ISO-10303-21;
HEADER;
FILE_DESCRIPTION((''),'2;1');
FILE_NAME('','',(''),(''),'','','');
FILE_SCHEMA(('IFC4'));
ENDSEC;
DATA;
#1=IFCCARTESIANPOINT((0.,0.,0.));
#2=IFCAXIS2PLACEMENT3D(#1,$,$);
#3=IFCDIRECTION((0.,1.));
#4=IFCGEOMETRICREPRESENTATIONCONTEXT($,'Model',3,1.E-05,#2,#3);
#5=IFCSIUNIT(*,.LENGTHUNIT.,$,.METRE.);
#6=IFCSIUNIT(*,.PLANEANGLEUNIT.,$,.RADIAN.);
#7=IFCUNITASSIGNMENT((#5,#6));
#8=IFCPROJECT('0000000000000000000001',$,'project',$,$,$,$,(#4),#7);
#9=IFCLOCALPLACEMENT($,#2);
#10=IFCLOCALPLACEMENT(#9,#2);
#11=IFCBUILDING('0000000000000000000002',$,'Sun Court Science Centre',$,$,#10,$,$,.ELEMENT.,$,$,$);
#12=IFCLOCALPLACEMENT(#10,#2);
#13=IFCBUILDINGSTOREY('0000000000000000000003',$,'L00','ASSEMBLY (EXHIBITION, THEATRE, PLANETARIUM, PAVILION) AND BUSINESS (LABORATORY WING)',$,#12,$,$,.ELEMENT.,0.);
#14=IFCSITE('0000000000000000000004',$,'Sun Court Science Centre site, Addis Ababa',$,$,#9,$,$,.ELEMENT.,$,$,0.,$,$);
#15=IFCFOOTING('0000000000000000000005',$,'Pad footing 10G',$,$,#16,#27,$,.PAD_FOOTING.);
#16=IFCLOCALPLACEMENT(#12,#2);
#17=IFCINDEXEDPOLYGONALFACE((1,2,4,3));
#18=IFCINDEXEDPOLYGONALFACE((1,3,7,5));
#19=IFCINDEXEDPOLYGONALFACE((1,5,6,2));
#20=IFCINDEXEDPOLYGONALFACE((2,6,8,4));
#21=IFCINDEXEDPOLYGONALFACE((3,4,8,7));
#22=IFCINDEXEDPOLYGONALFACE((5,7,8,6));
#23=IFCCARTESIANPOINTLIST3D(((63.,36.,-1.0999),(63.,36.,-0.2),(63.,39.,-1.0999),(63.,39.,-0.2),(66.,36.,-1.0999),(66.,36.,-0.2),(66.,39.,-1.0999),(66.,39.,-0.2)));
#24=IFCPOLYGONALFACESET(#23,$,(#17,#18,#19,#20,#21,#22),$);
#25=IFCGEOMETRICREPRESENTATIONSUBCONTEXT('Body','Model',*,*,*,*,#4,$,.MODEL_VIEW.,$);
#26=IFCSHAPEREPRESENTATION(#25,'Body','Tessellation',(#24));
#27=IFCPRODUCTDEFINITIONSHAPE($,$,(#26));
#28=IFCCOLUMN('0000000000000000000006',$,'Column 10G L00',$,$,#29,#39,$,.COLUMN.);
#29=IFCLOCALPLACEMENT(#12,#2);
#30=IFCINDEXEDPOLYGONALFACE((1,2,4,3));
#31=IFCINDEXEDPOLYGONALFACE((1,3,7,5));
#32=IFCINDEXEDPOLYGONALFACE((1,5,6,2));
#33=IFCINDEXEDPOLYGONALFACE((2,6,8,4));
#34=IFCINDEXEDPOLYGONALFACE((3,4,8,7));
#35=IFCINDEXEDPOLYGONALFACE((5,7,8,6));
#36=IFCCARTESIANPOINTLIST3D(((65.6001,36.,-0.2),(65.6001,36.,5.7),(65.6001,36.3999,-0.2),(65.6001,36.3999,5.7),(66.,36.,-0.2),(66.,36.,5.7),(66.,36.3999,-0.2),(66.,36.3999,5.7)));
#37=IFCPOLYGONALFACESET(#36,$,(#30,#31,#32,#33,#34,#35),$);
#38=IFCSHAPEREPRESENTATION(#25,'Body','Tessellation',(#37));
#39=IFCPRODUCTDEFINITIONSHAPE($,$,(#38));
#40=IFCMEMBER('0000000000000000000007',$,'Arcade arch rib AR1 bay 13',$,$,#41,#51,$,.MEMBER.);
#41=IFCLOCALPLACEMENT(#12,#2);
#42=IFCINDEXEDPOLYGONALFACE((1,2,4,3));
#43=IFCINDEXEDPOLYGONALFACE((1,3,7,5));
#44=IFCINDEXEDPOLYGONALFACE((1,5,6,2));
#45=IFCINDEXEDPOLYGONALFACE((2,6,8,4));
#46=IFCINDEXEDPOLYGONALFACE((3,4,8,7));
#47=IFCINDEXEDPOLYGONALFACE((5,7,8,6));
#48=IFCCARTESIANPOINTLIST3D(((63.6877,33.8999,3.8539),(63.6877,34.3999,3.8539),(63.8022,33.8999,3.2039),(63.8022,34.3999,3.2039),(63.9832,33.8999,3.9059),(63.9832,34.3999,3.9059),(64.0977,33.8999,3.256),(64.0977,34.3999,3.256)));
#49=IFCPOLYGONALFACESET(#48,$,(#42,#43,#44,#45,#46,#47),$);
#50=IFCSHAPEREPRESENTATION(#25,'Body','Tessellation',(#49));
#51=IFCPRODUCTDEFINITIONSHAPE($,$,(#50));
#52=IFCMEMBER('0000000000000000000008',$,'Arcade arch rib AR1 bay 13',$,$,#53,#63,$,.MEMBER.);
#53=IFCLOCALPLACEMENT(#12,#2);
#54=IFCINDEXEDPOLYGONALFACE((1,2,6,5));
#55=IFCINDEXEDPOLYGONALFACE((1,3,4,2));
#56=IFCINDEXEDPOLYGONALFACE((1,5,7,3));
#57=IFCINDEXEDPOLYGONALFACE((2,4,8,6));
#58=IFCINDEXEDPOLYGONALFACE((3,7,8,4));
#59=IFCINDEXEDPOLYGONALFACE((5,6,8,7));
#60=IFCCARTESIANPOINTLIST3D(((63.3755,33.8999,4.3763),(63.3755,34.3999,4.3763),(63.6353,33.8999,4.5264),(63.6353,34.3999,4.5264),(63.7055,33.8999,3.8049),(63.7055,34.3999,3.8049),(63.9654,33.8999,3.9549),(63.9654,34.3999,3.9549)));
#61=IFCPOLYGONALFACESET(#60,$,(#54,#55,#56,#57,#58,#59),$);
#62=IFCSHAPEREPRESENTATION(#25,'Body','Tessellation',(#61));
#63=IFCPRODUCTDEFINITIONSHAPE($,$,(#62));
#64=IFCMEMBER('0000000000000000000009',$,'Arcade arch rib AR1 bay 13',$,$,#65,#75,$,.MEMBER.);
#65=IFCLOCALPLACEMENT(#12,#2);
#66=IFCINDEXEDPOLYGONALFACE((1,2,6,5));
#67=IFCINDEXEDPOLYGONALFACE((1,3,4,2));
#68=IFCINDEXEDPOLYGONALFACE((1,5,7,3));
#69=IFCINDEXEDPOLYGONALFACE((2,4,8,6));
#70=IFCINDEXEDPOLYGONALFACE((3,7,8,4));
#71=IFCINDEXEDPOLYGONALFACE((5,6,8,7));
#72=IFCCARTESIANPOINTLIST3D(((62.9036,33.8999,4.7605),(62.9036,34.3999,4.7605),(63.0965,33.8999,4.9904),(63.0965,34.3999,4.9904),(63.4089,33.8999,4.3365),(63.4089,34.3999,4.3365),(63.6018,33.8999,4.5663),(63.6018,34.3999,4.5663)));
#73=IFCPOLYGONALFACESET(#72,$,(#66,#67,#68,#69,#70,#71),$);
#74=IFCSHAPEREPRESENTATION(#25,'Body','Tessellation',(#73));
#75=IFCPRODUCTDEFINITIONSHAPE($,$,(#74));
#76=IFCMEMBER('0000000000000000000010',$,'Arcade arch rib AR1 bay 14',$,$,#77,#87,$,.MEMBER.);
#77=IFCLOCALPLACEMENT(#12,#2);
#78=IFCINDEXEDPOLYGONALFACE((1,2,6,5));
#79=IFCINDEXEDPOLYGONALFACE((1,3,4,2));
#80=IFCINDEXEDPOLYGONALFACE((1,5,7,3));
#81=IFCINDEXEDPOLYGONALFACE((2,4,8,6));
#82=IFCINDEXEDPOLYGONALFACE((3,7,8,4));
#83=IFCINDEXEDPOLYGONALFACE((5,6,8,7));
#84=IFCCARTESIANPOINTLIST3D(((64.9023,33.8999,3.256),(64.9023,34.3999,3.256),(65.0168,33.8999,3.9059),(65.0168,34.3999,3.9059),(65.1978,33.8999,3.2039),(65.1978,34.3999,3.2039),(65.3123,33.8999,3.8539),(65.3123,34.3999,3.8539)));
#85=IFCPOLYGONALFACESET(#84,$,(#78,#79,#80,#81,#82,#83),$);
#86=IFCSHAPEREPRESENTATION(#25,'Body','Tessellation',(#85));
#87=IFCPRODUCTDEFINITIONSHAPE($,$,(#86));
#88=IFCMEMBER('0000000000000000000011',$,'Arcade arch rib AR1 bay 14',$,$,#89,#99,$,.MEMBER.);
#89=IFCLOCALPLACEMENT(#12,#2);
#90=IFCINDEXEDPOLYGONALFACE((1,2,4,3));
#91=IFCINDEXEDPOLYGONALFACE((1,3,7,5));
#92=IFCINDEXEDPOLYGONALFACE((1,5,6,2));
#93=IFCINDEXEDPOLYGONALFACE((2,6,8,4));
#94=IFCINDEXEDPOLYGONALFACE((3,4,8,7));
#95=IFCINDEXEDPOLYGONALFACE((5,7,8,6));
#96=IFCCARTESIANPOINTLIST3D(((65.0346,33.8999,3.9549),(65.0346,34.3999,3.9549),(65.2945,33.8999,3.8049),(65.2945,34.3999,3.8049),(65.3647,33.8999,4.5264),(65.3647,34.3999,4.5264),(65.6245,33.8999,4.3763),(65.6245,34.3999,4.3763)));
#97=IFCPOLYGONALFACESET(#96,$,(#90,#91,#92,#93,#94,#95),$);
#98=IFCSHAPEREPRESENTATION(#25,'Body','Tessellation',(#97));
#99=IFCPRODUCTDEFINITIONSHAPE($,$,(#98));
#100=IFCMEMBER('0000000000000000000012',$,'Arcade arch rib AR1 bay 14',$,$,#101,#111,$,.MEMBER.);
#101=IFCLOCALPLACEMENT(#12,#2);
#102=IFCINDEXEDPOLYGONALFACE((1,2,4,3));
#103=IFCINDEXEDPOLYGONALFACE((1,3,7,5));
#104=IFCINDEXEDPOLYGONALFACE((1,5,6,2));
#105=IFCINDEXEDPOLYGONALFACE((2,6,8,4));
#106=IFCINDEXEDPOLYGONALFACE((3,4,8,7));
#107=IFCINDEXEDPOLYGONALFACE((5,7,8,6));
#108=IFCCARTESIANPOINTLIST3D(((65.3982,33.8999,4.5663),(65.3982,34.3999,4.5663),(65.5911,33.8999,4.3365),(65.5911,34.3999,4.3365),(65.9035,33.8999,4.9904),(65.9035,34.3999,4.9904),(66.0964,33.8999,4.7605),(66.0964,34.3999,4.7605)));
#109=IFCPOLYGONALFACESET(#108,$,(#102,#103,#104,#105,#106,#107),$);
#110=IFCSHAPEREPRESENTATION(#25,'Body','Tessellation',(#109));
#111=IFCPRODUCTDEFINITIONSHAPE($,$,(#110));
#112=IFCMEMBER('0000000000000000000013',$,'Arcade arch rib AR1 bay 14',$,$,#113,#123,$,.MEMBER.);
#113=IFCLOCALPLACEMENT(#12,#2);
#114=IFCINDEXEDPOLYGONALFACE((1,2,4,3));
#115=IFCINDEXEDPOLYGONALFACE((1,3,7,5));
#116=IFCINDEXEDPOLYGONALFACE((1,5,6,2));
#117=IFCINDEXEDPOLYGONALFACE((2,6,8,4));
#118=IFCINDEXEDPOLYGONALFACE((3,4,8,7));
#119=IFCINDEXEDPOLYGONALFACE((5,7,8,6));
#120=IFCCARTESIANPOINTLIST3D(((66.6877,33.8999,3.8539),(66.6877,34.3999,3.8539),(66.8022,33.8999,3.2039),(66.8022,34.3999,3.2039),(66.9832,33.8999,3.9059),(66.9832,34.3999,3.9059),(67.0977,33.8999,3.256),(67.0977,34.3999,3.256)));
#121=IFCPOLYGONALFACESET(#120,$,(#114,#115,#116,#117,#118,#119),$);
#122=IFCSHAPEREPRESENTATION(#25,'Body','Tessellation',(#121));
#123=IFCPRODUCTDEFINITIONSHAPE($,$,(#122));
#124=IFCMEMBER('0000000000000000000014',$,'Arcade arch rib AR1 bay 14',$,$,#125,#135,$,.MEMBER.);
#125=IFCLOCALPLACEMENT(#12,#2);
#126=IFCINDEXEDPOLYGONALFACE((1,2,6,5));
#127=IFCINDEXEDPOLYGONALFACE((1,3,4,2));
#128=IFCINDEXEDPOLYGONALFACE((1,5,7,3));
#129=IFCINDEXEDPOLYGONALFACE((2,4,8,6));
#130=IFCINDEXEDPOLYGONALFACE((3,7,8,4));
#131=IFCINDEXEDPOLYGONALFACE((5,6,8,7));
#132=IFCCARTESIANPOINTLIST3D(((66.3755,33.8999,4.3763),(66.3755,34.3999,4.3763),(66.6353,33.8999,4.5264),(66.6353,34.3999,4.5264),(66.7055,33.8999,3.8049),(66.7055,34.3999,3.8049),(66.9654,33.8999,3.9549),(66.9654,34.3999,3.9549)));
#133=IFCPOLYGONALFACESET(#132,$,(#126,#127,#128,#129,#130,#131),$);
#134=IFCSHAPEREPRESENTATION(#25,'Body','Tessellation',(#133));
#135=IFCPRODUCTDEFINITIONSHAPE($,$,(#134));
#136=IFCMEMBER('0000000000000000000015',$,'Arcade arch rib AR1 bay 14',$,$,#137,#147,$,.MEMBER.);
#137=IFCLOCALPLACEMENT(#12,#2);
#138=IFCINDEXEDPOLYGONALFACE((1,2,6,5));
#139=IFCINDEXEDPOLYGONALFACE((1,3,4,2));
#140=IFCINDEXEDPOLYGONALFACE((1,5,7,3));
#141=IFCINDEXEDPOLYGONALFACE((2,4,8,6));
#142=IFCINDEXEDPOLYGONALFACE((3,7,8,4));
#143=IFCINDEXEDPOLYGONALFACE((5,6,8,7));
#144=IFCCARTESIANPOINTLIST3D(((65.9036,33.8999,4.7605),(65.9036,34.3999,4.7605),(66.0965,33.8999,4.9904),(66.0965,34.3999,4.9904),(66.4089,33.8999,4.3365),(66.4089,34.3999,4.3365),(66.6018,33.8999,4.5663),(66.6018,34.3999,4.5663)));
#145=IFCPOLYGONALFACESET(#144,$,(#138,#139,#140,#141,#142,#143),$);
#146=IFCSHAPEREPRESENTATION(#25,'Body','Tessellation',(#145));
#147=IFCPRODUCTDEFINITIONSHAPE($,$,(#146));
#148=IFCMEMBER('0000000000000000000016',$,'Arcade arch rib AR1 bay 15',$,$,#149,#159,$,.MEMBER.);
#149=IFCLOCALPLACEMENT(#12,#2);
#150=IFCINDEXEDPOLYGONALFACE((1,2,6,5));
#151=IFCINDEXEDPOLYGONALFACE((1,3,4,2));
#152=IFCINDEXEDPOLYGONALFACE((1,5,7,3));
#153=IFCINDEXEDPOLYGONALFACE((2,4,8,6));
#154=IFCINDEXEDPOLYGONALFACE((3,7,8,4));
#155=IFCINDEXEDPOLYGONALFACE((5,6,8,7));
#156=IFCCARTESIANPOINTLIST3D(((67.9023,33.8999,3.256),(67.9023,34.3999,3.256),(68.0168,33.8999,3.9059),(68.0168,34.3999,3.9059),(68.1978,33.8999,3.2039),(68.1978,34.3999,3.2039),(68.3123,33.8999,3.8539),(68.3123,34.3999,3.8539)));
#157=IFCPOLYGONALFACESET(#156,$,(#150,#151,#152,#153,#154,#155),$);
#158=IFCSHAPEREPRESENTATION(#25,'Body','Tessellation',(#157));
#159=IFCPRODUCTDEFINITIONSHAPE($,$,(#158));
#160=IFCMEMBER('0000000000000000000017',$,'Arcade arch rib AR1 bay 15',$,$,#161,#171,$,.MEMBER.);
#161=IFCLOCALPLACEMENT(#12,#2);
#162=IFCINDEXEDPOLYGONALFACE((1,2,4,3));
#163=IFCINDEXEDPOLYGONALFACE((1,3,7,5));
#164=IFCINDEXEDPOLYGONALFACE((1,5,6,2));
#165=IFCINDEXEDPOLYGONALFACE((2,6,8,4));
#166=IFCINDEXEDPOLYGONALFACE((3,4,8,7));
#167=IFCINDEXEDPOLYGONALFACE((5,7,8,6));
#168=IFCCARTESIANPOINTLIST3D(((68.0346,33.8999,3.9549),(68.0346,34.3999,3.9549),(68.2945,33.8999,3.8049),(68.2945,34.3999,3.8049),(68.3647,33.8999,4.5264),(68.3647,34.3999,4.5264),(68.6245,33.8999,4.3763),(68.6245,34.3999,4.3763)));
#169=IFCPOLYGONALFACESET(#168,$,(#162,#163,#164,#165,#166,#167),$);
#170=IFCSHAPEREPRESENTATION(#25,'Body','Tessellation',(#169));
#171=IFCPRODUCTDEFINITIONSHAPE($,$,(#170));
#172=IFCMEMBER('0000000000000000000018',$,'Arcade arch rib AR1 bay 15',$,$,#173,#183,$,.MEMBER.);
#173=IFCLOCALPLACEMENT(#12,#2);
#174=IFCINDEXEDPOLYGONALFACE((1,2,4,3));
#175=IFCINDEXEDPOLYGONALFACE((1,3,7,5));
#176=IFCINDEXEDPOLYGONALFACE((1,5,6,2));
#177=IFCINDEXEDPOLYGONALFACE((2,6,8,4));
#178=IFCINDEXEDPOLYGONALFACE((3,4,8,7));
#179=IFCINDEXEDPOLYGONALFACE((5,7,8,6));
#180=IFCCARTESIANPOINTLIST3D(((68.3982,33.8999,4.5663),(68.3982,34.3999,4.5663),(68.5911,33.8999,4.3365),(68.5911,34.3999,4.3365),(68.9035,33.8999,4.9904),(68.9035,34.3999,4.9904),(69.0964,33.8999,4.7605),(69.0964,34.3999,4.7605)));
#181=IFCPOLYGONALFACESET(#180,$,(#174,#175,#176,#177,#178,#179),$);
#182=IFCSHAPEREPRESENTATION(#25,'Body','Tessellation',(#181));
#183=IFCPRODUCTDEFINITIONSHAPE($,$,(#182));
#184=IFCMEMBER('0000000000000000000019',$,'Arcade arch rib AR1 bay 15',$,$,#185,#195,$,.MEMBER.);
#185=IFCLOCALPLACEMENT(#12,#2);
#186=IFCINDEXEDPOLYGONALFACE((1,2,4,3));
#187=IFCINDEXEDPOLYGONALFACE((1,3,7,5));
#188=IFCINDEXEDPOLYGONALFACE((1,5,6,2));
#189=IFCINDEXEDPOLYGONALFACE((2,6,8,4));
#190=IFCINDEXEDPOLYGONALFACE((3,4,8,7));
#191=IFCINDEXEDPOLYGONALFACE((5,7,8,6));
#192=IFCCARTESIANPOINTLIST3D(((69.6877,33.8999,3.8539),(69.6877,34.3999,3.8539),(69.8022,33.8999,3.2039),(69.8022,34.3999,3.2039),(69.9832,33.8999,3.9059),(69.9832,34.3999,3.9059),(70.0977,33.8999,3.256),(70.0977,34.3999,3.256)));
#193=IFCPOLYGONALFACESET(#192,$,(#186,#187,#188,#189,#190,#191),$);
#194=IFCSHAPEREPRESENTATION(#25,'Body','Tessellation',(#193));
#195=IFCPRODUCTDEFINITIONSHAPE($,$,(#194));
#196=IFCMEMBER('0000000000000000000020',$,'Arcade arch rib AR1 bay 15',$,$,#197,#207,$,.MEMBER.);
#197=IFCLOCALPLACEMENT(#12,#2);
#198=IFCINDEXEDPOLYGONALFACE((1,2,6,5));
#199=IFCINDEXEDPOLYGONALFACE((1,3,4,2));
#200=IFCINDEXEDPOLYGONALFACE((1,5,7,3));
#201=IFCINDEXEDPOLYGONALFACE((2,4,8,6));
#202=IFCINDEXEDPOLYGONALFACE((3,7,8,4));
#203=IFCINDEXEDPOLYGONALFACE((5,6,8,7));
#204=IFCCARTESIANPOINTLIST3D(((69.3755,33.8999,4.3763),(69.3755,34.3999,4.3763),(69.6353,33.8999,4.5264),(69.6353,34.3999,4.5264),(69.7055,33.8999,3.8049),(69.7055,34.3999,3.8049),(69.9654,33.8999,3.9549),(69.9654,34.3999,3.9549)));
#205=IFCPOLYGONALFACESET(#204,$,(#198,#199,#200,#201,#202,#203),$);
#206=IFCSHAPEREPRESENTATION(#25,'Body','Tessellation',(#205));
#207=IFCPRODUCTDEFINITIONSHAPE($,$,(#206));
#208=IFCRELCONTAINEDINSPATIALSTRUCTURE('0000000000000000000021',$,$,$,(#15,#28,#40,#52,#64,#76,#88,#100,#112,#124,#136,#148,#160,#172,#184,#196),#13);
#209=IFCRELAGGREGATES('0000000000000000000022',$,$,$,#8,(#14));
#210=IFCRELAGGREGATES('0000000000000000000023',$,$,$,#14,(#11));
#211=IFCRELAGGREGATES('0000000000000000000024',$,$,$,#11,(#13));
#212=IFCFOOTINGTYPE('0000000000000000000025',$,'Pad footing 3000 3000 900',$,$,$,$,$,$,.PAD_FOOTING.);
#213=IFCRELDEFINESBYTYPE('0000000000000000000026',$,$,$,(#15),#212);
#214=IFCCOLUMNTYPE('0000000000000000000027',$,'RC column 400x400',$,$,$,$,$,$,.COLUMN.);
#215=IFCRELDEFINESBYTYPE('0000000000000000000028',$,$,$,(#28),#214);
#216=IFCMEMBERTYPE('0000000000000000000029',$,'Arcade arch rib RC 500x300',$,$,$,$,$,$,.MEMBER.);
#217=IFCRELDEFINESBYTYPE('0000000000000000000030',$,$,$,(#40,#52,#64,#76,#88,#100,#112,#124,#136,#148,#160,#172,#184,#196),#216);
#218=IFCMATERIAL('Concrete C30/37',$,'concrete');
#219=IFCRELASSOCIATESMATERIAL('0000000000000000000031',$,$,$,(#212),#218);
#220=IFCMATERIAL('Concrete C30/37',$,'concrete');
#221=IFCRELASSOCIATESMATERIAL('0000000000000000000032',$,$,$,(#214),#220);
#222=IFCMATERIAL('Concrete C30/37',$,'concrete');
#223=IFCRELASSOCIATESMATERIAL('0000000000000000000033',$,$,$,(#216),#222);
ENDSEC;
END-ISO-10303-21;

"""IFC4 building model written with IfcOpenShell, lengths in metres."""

from ifc_helpers import new_model, si_unit, direction, frame, origin, origin_2d, place, context, subcontext, project, spatial, rectangle, extrude, material, material_profile, profile_set, type_object, element, save


model = new_model("IFC4")

# Units and contexts
model_context = context("Model", 3, precision=1e-05, world=origin(), true_north=direction((0.0, 1.0)))
body_context = subcontext(model_context, "Body", "Model", "MODEL_VIEW")
ifc_project = project(units=[si_unit("LENGTHUNIT", "METRE"), si_unit("PLANEANGLEUNIT", "RADIAN")], contexts=[model_context])

# Site, building, storey
site_placement = place(None, origin())
site = spatial("IfcSite", under=ifc_project, at=site_placement, Name="Sun Court Science Centre site, Addis Ababa", CompositionType="ELEMENT", RefElevation=0.0)
building_placement = place(site_placement, origin())
building = spatial("IfcBuilding", under=site, at=building_placement, Name="Sun Court Science Centre", CompositionType="ELEMENT")
storey_placement = place(building_placement, origin())
storey = spatial("IfcBuildingStorey", under=building, at=storey_placement, Name="L00", Description="ASSEMBLY (EXHIBITION, THEATRE, PLANETARIUM, PAVILION) AND BUSINESS (LABORATORY WING)", CompositionType="ELEMENT", Elevation=0.0)

# Footing
ifc_material_1 = material(Name="Concrete C30/37", Category="concrete")
footing_type = type_object("IfcFootingType", Name="Pad footing 3000 3000 900", PredefinedType="PAD_FOOTING", material=ifc_material_1)
footing_placement = place(storey_placement, frame((64.5, 37.5, -1.0999), z_axis=(0.0, 0.0, 1.0), x_axis=(1.0, 0.0, 0.0)))
element("IfcFooting", 1, at=footing_placement, inside=storey, type_object=footing_type, Name="Pad footing 10G", PredefinedType="PAD_FOOTING", context=body_context, shape_type="SweptSolid", body=[
    extrude(rectangle(XDim=3.0, YDim=3.0, at=origin_2d()), origin(), (0.0, 0.0, 1.0), 0.8999),
])

# Column
ifc_material_2 = material(Name="Concrete C30/37", Category="concrete")
ifc_material_profile_1 = material_profile(ifc_material_2, rectangle(XDim=0.3999, YDim=0.3999, at=origin_2d()), Name="RC 400x400")
ifc_profile_set_1 = profile_set([ifc_material_profile_1], Name="Concrete C30/37")
column_type = type_object("IfcColumnType", Name="RC column 400x400", PredefinedType="COLUMN", material=ifc_profile_set_1)
column_placement = place(storey_placement, frame((65.8, 36.2, -0.2), z_axis=(0.0, 0.0, 1.0), x_axis=(1.0, 0.0, 0.0)))
element("IfcColumn", 2, at=column_placement, inside=storey, type_object=column_type, Name="Column 10G L00", PredefinedType="COLUMN", context=body_context, shape_type="SweptSolid", body=[
    extrude(rectangle(XDim=0.3999, YDim=0.3999, at=origin_2d()), origin(), (0.0, 0.0, 1.0), 5.8999),
])

# Members
ifc_material_3 = material(Name="Concrete C30/37", Category="concrete")
ifc_material_profile_2 = material_profile(ifc_material_3, rectangle(XDim=0.5, YDim=0.3, at=origin_2d()), Name="RC 500x300")
ifc_profile_set_2 = profile_set([ifc_material_profile_2], Name="Concrete C30/37")
member_type_1 = type_object("IfcMemberType", Name="Arcade arch rib RC 500x300", PredefinedType="MEMBER", material=ifc_profile_set_2)
for number, where, z_axis, x_axis, name in (
    (3, (63.95, 34.1499, 3.23), (-0.173511, 0.0, 0.984832), (0.0, -1.0, 0.0), "Arcade arch rib AR1 bay 13"),
    (4, (63.8354, 34.1499, 3.8799), (-0.500117, 0.0, 0.865958), (0.0, -1.0, 0.0), "Arcade arch rib AR1 bay 13"),
):
    element("IfcMember", number, at=place(storey_placement, frame(where, z_axis=z_axis, x_axis=x_axis)), inside=storey, type_object=member_type_1, Name=name, PredefinedType="MEMBER", context=body_context, shape_type="SweptSolid", body=[
        extrude(rectangle(XDim=0.5, YDim=0.3, at=origin_2d()), origin(), (0.0, 0.0, 1.0), 0.6599),
    ])
member_1_placement = place(storey_placement, frame((63.5054, 34.1499, 4.4514), z_axis=(-0.766033, 0.0, 0.642801), x_axis=(0.0, -1.0, 0.0)))
element("IfcMember", 5, at=member_1_placement, inside=storey, type_object=member_type_1, Name="Arcade arch rib AR1 bay 13", PredefinedType="MEMBER", context=body_context, shape_type="SweptSolid", body=[
    extrude(rectangle(XDim=0.5, YDim=0.3, at=origin_2d()), origin(), (0.0, 0.0, 1.0), 0.6597),
])
for number, where, z_axis, x_axis, name in (
    (6, (65.05, 34.1499, 3.23), (0.173511, 0.0, 0.984832), (0.0, 1.0, 0.0), "Arcade arch rib AR1 bay 14"),
    (7, (65.1646, 34.1499, 3.8799), (0.500117, 0.0, 0.865958), (0.0, 1.0, 0.0), "Arcade arch rib AR1 bay 14"),
):
    element("IfcMember", number, at=place(storey_placement, frame(where, z_axis=z_axis, x_axis=x_axis)), inside=storey, type_object=member_type_1, Name=name, PredefinedType="MEMBER", context=body_context, shape_type="SweptSolid", body=[
        extrude(rectangle(XDim=0.5, YDim=0.3, at=origin_2d()), origin(), (0.0, 0.0, 1.0), 0.6599),
    ])
member_2_placement = place(storey_placement, frame((65.4946, 34.1499, 4.4514), z_axis=(0.766033, 0.0, 0.642801), x_axis=(0.0, 1.0, 0.0)))
element("IfcMember", 8, at=member_2_placement, inside=storey, type_object=member_type_1, Name="Arcade arch rib AR1 bay 14", PredefinedType="MEMBER", context=body_context, shape_type="SweptSolid", body=[
    extrude(rectangle(XDim=0.5, YDim=0.3, at=origin_2d()), origin(), (0.0, 0.0, 1.0), 0.6597),
])
for number, where, z_axis, x_axis, name in (
    (9, (66.95, 34.1499, 3.23), (-0.173511, 0.0, 0.984832), (0.0, -1.0, 0.0), "Arcade arch rib AR1 bay 14"),
    (10, (66.8354, 34.1499, 3.8799), (-0.500117, 0.0, 0.865958), (0.0, -1.0, 0.0), "Arcade arch rib AR1 bay 14"),
):
    element("IfcMember", number, at=place(storey_placement, frame(where, z_axis=z_axis, x_axis=x_axis)), inside=storey, type_object=member_type_1, Name=name, PredefinedType="MEMBER", context=body_context, shape_type="SweptSolid", body=[
        extrude(rectangle(XDim=0.5, YDim=0.3, at=origin_2d()), origin(), (0.0, 0.0, 1.0), 0.6599),
    ])
member_3_placement = place(storey_placement, frame((66.5054, 34.1499, 4.4514), z_axis=(-0.766033, 0.0, 0.642801), x_axis=(0.0, -1.0, 0.0)))
element("IfcMember", 11, at=member_3_placement, inside=storey, type_object=member_type_1, Name="Arcade arch rib AR1 bay 14", PredefinedType="MEMBER", context=body_context, shape_type="SweptSolid", body=[
    extrude(rectangle(XDim=0.5, YDim=0.3, at=origin_2d()), origin(), (0.0, 0.0, 1.0), 0.6597),
])
for number, where, z_axis, x_axis, name in (
    (12, (68.05, 34.1499, 3.23), (0.173511, 0.0, 0.984832), (0.0, 1.0, 0.0), "Arcade arch rib AR1 bay 15"),
    (13, (68.1646, 34.1499, 3.8799), (0.500117, 0.0, 0.865958), (0.0, 1.0, 0.0), "Arcade arch rib AR1 bay 15"),
):
    element("IfcMember", number, at=place(storey_placement, frame(where, z_axis=z_axis, x_axis=x_axis)), inside=storey, type_object=member_type_1, Name=name, PredefinedType="MEMBER", context=body_context, shape_type="SweptSolid", body=[
        extrude(rectangle(XDim=0.5, YDim=0.3, at=origin_2d()), origin(), (0.0, 0.0, 1.0), 0.6599),
    ])
member_4_placement = place(storey_placement, frame((68.4946, 34.1499, 4.4514), z_axis=(0.766033, 0.0, 0.642801), x_axis=(0.0, 1.0, 0.0)))
element("IfcMember", 14, at=member_4_placement, inside=storey, type_object=member_type_1, Name="Arcade arch rib AR1 bay 15", PredefinedType="MEMBER", context=body_context, shape_type="SweptSolid", body=[
    extrude(rectangle(XDim=0.5, YDim=0.3, at=origin_2d()), origin(), (0.0, 0.0, 1.0), 0.6597),
])
for number, where, z_axis, x_axis, name in (
    (15, (69.95, 34.1499, 3.23), (-0.173511, 0.0, 0.984832), (0.0, -1.0, 0.0), "Arcade arch rib AR1 bay 15"),
    (16, (69.8354, 34.1499, 3.8799), (-0.500117, 0.0, 0.865958), (0.0, -1.0, 0.0), "Arcade arch rib AR1 bay 15"),
):
    element("IfcMember", number, at=place(storey_placement, frame(where, z_axis=z_axis, x_axis=x_axis)), inside=storey, type_object=member_type_1, Name=name, PredefinedType="MEMBER", context=body_context, shape_type="SweptSolid", body=[
        extrude(rectangle(XDim=0.5, YDim=0.3, at=origin_2d()), origin(), (0.0, 0.0, 1.0), 0.6599),
    ])

save(model, "model.ifc")
